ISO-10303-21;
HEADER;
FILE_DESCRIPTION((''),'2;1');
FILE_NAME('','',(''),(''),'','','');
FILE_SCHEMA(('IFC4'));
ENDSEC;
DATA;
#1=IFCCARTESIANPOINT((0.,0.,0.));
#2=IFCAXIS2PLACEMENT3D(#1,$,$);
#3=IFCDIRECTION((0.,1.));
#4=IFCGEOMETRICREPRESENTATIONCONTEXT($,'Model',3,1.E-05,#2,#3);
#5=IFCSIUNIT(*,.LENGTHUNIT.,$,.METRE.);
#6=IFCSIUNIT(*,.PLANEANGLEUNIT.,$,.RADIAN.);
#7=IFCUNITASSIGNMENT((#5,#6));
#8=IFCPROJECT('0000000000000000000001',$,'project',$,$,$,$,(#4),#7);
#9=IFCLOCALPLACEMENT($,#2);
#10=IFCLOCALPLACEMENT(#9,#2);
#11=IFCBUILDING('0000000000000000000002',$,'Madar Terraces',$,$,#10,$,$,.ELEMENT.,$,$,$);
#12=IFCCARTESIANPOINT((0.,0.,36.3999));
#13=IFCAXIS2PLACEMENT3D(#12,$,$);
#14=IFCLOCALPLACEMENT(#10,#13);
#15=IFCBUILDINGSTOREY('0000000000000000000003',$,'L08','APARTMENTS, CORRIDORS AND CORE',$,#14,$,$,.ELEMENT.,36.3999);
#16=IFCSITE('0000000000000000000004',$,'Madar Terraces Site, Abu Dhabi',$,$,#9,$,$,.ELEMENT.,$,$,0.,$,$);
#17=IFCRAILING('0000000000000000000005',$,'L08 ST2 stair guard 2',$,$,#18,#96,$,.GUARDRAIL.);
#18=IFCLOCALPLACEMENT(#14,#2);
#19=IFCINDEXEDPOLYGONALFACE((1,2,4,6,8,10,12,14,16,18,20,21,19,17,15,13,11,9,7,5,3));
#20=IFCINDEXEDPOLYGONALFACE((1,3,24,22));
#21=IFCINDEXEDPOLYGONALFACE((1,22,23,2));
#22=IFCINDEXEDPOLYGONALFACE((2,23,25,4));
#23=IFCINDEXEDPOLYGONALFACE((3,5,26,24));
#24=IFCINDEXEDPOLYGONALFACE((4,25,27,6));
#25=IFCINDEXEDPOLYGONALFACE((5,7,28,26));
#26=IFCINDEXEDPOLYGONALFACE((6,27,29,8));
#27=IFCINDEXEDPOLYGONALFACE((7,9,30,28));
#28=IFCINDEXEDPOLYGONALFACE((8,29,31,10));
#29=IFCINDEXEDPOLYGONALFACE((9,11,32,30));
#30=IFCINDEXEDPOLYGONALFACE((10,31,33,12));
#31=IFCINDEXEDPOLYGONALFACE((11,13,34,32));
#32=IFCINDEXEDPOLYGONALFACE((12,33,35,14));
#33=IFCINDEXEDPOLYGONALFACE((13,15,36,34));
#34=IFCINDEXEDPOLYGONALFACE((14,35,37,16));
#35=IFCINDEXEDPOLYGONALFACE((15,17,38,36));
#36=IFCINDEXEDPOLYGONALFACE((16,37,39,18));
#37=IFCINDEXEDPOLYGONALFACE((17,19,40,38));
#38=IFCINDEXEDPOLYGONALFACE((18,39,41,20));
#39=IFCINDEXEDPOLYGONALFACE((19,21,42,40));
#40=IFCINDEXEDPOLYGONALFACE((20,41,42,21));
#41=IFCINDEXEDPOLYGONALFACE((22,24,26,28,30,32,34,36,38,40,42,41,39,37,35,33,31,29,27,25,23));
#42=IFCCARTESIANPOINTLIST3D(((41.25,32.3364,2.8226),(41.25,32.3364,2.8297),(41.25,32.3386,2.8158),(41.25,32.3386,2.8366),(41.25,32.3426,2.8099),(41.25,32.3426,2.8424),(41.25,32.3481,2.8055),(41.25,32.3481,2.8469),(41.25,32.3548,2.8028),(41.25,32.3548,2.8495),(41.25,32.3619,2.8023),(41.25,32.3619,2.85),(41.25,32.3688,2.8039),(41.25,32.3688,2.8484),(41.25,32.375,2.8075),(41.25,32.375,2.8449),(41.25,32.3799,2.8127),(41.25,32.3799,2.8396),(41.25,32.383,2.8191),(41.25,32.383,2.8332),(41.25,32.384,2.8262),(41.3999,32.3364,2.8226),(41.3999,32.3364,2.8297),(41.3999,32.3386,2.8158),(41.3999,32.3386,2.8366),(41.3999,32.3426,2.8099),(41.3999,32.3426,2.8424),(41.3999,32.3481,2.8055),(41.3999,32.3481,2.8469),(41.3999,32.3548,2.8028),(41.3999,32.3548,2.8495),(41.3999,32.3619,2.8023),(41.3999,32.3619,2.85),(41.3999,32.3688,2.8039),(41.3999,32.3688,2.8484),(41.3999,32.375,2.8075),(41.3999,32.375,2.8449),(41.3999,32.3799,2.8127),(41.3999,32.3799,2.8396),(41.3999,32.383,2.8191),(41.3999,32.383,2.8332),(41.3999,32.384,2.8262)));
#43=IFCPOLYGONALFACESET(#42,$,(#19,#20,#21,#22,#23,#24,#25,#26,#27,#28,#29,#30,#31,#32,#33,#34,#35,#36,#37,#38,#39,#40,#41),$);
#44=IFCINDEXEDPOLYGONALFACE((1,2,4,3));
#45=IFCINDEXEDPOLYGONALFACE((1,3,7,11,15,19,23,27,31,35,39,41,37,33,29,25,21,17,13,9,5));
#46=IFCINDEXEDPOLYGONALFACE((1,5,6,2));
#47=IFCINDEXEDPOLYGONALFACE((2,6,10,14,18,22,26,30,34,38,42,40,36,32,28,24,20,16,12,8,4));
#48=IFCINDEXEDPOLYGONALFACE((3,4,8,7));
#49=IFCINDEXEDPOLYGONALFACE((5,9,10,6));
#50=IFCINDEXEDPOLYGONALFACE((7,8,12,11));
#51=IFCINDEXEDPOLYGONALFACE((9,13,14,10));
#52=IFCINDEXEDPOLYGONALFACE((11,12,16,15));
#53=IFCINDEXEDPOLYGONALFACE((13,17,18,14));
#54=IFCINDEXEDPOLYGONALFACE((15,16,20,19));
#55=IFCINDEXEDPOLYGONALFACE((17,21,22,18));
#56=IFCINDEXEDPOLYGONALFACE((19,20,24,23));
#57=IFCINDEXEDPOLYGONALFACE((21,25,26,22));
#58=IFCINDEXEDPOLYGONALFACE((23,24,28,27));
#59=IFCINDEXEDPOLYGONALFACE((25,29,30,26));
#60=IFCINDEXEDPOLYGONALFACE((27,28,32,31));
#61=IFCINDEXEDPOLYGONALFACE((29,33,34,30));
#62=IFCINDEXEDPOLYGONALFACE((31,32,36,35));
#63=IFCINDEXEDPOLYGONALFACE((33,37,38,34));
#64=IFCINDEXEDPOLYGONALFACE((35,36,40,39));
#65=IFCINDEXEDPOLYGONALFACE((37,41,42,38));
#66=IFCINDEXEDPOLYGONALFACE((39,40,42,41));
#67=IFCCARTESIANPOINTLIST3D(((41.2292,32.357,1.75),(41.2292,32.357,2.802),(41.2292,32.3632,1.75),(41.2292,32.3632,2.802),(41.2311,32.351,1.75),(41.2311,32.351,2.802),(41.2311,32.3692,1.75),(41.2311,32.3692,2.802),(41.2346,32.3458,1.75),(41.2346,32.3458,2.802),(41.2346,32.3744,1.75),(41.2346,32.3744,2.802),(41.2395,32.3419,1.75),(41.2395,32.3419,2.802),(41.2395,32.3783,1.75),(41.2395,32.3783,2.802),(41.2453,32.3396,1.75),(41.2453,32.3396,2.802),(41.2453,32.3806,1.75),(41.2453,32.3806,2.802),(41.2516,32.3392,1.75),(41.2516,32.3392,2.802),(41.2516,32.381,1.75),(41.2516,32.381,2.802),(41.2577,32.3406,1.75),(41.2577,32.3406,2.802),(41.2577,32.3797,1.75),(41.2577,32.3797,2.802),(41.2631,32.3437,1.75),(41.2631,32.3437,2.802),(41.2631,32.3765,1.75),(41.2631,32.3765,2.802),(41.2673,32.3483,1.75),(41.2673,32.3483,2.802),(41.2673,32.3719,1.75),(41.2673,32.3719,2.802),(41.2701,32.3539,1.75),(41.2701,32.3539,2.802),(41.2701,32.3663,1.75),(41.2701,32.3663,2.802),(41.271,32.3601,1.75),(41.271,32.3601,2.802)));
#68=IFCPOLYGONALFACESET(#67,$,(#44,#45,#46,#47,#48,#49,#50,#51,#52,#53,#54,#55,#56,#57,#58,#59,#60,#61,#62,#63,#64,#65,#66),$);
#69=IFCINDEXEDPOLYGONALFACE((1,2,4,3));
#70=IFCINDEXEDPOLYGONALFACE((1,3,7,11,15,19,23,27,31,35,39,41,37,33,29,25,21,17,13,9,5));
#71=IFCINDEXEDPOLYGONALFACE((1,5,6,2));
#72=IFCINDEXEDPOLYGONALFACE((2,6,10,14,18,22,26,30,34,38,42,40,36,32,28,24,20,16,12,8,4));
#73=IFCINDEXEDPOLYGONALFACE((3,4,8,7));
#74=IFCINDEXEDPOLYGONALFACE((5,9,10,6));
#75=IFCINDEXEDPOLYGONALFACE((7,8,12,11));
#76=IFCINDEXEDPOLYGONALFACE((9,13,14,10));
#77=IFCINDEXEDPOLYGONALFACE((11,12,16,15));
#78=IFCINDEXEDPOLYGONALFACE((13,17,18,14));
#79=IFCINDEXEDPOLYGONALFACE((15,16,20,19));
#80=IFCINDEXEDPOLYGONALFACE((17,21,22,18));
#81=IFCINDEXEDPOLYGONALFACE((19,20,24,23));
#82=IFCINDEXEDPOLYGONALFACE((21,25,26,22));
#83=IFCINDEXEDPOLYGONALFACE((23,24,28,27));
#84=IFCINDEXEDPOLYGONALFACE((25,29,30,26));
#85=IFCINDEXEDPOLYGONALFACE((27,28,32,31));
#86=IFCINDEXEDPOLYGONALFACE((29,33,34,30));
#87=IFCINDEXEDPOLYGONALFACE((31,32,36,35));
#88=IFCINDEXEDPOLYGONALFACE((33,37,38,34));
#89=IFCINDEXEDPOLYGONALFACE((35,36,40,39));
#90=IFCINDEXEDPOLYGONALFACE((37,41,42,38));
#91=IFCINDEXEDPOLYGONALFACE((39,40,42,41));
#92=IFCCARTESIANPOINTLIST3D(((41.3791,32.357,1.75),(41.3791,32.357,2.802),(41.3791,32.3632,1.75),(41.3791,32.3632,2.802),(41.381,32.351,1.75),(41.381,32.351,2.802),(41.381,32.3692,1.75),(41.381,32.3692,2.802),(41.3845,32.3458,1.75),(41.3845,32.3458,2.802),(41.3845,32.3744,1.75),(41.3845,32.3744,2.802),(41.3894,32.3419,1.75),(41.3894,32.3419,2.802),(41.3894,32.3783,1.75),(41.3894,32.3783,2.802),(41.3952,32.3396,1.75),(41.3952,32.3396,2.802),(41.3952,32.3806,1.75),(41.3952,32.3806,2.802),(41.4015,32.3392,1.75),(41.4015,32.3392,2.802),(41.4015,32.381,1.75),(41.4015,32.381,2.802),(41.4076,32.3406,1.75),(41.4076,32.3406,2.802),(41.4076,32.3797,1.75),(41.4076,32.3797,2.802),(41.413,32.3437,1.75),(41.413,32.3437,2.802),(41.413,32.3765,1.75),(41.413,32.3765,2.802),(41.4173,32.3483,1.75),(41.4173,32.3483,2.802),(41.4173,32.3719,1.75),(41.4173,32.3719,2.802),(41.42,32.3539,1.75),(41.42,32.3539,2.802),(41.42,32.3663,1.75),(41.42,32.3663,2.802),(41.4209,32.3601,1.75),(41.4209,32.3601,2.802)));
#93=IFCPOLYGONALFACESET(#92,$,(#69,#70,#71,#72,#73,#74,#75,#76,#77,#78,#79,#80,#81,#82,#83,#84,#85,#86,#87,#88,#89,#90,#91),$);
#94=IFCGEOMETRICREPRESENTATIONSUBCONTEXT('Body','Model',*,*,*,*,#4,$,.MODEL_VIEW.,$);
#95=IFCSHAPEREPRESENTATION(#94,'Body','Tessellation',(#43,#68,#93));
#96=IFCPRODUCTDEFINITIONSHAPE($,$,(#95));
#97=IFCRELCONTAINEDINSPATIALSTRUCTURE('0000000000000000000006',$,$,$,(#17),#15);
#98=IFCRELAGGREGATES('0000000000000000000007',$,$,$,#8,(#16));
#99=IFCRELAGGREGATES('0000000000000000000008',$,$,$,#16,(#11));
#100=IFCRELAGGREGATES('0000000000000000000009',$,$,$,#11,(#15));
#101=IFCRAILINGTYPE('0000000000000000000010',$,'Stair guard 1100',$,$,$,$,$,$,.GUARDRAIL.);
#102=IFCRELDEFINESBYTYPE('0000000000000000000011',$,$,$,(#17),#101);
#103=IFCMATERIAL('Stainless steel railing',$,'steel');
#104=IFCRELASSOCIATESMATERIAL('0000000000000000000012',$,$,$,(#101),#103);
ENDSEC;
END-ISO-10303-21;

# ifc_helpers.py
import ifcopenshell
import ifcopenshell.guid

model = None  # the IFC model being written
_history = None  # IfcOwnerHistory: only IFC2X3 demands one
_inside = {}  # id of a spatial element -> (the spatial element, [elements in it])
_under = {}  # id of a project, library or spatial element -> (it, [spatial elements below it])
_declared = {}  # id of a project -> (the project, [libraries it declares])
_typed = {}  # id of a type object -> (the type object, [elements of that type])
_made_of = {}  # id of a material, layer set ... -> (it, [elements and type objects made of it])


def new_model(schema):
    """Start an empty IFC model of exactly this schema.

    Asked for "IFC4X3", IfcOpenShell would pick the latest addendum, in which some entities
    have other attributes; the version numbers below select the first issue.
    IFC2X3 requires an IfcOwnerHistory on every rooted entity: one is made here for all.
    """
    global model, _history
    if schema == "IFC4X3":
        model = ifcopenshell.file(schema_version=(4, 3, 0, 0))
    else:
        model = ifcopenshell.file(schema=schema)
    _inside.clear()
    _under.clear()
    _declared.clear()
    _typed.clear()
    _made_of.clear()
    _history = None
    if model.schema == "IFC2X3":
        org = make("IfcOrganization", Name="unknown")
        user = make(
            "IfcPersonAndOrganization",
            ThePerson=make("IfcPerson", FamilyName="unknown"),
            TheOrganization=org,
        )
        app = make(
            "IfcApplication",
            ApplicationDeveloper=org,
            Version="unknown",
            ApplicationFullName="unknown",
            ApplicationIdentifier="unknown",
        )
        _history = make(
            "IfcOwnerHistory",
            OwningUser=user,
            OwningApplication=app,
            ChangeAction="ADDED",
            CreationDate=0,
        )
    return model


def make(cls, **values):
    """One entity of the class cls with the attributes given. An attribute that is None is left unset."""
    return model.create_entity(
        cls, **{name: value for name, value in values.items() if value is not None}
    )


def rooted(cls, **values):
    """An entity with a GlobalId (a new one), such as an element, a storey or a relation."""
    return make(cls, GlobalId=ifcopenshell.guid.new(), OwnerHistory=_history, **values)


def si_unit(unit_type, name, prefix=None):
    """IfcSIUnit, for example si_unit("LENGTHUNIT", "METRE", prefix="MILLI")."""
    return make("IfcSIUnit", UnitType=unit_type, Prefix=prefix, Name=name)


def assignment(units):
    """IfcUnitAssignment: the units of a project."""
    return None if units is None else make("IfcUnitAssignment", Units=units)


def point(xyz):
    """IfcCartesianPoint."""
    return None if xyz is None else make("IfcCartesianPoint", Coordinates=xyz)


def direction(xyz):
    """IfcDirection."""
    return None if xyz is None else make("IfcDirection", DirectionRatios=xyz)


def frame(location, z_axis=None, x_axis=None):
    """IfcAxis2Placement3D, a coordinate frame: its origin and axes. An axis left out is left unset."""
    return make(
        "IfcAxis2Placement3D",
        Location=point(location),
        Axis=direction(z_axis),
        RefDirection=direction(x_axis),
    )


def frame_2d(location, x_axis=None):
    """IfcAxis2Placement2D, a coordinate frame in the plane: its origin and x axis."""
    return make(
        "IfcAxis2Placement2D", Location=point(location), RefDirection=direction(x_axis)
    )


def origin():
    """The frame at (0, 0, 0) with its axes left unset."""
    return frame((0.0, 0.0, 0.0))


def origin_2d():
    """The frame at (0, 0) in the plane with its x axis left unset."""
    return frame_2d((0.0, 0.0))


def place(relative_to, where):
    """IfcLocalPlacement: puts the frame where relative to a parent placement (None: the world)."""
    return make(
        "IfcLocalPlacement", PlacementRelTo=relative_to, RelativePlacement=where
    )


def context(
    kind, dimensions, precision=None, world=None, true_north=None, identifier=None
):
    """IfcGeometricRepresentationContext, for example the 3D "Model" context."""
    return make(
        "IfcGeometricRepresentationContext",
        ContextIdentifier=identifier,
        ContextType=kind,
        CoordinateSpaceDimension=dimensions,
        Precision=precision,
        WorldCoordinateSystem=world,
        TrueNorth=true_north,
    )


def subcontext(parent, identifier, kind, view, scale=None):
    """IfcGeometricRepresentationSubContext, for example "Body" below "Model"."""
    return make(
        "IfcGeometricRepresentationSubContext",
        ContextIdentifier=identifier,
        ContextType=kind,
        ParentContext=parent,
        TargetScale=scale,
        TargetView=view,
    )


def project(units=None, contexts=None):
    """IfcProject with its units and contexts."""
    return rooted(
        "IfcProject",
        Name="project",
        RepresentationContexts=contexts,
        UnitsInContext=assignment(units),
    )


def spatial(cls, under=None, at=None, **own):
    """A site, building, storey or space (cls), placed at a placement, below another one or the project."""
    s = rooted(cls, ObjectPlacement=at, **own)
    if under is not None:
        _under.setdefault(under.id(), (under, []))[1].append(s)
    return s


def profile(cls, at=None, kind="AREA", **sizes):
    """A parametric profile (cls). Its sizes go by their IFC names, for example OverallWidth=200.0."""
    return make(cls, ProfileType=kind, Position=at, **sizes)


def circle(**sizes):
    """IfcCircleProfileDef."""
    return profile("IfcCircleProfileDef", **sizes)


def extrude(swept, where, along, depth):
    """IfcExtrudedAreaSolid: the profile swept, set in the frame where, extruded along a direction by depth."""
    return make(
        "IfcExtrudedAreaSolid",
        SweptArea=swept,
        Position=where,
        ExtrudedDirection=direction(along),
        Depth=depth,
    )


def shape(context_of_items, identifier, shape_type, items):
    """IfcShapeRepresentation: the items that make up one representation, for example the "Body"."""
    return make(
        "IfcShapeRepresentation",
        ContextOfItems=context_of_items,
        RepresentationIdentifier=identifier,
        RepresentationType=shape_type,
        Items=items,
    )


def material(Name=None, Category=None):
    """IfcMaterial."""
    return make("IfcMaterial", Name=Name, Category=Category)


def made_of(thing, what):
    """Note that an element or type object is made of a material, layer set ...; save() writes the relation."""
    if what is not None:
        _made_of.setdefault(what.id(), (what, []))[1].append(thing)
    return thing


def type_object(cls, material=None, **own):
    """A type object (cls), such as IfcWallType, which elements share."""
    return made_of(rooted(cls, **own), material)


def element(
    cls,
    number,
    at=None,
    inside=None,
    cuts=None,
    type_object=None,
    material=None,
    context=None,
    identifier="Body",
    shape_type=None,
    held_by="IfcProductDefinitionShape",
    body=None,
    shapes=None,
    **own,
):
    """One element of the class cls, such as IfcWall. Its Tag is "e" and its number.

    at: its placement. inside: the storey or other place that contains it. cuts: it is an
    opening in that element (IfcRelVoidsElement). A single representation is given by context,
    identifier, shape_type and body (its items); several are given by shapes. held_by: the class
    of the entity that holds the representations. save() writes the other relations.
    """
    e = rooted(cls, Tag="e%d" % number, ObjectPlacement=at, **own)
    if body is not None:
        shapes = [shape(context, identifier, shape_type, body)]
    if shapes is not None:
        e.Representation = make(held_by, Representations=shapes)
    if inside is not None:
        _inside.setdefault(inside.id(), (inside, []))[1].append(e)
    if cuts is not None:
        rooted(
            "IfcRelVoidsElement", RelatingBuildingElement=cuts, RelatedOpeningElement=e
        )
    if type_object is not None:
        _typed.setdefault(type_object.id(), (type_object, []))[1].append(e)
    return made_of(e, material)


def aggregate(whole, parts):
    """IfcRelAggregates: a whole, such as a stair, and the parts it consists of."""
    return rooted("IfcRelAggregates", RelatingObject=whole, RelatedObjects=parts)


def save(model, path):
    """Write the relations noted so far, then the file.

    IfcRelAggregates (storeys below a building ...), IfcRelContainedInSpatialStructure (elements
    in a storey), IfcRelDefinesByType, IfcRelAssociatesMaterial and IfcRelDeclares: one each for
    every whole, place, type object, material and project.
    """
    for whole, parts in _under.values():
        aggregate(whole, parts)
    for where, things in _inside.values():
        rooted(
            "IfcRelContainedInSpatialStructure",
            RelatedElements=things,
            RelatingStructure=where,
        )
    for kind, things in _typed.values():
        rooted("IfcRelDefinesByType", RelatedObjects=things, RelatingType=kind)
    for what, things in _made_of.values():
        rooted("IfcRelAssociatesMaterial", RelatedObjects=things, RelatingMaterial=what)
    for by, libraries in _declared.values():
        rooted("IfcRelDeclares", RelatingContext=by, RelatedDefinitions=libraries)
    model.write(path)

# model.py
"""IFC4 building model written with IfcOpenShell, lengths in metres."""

from ifc_helpers import new_model, si_unit, direction, frame, origin, origin_2d, place, context, subcontext, project, spatial, circle, extrude, material, type_object, element, save


model = new_model("IFC4")

# Units and contexts
model_context = context("Model", 3, precision=1e-05, world=origin(), true_north=direction((0.0, 1.0)))
body_context = subcontext(model_context, "Body", "Model", "MODEL_VIEW")
ifc_project = project(units=[si_unit("LENGTHUNIT", "METRE"), si_unit("PLANEANGLEUNIT", "RADIAN")], contexts=[model_context])

# Site, building, storey
site_placement = place(None, origin())
site = spatial("IfcSite", under=ifc_project, at=site_placement, Name="Madar Terraces Site, Abu Dhabi", CompositionType="ELEMENT", RefElevation=0.0)
building_placement = place(site_placement, origin())
building = spatial("IfcBuilding", under=site, at=building_placement, Name="Madar Terraces", CompositionType="ELEMENT")
storey_placement = place(building_placement, frame((0.0, 0.0, 36.3999)))
storey = spatial("IfcBuildingStorey", under=building, at=storey_placement, Name="L08", Description="APARTMENTS, CORRIDORS AND CORE", CompositionType="ELEMENT", Elevation=36.3999)

# Railing
ifc_material_1 = material(Name="Stainless steel railing", Category="steel")
railing_type_1 = type_object("IfcRailingType", Name="Stair guard 1100", PredefinedType="GUARDRAIL", material=ifc_material_1)
railing_1_placement = place(storey_placement, frame((41.25, 32.3601, 1.75)))
element("IfcRailing", 1, at=railing_1_placement, inside=storey, type_object=railing_type_1, Name="L08 ST2 stair guard 2", PredefinedType="GUARDRAIL", context=body_context, shape_type="SweptSolid", body=[
    extrude(circle(Radius=0.0239, at=origin_2d()), frame((0.0, 0.0, 1.0762), z_axis=(1.0, 0.0, 0.0), x_axis=(0.0, 1.0, 0.0)), (0.0, 0.0, 1.0), 0.1499),
    extrude(circle(Radius=0.021, at=origin_2d()), origin(), (0.0, 0.0, 1.0), 1.052),
    extrude(circle(Radius=0.021, at=origin_2d()), frame((0.1499, 0.0, 0.0)), (0.0, 0.0, 1.0), 1.052),
])

save(model, "model.ifc")
